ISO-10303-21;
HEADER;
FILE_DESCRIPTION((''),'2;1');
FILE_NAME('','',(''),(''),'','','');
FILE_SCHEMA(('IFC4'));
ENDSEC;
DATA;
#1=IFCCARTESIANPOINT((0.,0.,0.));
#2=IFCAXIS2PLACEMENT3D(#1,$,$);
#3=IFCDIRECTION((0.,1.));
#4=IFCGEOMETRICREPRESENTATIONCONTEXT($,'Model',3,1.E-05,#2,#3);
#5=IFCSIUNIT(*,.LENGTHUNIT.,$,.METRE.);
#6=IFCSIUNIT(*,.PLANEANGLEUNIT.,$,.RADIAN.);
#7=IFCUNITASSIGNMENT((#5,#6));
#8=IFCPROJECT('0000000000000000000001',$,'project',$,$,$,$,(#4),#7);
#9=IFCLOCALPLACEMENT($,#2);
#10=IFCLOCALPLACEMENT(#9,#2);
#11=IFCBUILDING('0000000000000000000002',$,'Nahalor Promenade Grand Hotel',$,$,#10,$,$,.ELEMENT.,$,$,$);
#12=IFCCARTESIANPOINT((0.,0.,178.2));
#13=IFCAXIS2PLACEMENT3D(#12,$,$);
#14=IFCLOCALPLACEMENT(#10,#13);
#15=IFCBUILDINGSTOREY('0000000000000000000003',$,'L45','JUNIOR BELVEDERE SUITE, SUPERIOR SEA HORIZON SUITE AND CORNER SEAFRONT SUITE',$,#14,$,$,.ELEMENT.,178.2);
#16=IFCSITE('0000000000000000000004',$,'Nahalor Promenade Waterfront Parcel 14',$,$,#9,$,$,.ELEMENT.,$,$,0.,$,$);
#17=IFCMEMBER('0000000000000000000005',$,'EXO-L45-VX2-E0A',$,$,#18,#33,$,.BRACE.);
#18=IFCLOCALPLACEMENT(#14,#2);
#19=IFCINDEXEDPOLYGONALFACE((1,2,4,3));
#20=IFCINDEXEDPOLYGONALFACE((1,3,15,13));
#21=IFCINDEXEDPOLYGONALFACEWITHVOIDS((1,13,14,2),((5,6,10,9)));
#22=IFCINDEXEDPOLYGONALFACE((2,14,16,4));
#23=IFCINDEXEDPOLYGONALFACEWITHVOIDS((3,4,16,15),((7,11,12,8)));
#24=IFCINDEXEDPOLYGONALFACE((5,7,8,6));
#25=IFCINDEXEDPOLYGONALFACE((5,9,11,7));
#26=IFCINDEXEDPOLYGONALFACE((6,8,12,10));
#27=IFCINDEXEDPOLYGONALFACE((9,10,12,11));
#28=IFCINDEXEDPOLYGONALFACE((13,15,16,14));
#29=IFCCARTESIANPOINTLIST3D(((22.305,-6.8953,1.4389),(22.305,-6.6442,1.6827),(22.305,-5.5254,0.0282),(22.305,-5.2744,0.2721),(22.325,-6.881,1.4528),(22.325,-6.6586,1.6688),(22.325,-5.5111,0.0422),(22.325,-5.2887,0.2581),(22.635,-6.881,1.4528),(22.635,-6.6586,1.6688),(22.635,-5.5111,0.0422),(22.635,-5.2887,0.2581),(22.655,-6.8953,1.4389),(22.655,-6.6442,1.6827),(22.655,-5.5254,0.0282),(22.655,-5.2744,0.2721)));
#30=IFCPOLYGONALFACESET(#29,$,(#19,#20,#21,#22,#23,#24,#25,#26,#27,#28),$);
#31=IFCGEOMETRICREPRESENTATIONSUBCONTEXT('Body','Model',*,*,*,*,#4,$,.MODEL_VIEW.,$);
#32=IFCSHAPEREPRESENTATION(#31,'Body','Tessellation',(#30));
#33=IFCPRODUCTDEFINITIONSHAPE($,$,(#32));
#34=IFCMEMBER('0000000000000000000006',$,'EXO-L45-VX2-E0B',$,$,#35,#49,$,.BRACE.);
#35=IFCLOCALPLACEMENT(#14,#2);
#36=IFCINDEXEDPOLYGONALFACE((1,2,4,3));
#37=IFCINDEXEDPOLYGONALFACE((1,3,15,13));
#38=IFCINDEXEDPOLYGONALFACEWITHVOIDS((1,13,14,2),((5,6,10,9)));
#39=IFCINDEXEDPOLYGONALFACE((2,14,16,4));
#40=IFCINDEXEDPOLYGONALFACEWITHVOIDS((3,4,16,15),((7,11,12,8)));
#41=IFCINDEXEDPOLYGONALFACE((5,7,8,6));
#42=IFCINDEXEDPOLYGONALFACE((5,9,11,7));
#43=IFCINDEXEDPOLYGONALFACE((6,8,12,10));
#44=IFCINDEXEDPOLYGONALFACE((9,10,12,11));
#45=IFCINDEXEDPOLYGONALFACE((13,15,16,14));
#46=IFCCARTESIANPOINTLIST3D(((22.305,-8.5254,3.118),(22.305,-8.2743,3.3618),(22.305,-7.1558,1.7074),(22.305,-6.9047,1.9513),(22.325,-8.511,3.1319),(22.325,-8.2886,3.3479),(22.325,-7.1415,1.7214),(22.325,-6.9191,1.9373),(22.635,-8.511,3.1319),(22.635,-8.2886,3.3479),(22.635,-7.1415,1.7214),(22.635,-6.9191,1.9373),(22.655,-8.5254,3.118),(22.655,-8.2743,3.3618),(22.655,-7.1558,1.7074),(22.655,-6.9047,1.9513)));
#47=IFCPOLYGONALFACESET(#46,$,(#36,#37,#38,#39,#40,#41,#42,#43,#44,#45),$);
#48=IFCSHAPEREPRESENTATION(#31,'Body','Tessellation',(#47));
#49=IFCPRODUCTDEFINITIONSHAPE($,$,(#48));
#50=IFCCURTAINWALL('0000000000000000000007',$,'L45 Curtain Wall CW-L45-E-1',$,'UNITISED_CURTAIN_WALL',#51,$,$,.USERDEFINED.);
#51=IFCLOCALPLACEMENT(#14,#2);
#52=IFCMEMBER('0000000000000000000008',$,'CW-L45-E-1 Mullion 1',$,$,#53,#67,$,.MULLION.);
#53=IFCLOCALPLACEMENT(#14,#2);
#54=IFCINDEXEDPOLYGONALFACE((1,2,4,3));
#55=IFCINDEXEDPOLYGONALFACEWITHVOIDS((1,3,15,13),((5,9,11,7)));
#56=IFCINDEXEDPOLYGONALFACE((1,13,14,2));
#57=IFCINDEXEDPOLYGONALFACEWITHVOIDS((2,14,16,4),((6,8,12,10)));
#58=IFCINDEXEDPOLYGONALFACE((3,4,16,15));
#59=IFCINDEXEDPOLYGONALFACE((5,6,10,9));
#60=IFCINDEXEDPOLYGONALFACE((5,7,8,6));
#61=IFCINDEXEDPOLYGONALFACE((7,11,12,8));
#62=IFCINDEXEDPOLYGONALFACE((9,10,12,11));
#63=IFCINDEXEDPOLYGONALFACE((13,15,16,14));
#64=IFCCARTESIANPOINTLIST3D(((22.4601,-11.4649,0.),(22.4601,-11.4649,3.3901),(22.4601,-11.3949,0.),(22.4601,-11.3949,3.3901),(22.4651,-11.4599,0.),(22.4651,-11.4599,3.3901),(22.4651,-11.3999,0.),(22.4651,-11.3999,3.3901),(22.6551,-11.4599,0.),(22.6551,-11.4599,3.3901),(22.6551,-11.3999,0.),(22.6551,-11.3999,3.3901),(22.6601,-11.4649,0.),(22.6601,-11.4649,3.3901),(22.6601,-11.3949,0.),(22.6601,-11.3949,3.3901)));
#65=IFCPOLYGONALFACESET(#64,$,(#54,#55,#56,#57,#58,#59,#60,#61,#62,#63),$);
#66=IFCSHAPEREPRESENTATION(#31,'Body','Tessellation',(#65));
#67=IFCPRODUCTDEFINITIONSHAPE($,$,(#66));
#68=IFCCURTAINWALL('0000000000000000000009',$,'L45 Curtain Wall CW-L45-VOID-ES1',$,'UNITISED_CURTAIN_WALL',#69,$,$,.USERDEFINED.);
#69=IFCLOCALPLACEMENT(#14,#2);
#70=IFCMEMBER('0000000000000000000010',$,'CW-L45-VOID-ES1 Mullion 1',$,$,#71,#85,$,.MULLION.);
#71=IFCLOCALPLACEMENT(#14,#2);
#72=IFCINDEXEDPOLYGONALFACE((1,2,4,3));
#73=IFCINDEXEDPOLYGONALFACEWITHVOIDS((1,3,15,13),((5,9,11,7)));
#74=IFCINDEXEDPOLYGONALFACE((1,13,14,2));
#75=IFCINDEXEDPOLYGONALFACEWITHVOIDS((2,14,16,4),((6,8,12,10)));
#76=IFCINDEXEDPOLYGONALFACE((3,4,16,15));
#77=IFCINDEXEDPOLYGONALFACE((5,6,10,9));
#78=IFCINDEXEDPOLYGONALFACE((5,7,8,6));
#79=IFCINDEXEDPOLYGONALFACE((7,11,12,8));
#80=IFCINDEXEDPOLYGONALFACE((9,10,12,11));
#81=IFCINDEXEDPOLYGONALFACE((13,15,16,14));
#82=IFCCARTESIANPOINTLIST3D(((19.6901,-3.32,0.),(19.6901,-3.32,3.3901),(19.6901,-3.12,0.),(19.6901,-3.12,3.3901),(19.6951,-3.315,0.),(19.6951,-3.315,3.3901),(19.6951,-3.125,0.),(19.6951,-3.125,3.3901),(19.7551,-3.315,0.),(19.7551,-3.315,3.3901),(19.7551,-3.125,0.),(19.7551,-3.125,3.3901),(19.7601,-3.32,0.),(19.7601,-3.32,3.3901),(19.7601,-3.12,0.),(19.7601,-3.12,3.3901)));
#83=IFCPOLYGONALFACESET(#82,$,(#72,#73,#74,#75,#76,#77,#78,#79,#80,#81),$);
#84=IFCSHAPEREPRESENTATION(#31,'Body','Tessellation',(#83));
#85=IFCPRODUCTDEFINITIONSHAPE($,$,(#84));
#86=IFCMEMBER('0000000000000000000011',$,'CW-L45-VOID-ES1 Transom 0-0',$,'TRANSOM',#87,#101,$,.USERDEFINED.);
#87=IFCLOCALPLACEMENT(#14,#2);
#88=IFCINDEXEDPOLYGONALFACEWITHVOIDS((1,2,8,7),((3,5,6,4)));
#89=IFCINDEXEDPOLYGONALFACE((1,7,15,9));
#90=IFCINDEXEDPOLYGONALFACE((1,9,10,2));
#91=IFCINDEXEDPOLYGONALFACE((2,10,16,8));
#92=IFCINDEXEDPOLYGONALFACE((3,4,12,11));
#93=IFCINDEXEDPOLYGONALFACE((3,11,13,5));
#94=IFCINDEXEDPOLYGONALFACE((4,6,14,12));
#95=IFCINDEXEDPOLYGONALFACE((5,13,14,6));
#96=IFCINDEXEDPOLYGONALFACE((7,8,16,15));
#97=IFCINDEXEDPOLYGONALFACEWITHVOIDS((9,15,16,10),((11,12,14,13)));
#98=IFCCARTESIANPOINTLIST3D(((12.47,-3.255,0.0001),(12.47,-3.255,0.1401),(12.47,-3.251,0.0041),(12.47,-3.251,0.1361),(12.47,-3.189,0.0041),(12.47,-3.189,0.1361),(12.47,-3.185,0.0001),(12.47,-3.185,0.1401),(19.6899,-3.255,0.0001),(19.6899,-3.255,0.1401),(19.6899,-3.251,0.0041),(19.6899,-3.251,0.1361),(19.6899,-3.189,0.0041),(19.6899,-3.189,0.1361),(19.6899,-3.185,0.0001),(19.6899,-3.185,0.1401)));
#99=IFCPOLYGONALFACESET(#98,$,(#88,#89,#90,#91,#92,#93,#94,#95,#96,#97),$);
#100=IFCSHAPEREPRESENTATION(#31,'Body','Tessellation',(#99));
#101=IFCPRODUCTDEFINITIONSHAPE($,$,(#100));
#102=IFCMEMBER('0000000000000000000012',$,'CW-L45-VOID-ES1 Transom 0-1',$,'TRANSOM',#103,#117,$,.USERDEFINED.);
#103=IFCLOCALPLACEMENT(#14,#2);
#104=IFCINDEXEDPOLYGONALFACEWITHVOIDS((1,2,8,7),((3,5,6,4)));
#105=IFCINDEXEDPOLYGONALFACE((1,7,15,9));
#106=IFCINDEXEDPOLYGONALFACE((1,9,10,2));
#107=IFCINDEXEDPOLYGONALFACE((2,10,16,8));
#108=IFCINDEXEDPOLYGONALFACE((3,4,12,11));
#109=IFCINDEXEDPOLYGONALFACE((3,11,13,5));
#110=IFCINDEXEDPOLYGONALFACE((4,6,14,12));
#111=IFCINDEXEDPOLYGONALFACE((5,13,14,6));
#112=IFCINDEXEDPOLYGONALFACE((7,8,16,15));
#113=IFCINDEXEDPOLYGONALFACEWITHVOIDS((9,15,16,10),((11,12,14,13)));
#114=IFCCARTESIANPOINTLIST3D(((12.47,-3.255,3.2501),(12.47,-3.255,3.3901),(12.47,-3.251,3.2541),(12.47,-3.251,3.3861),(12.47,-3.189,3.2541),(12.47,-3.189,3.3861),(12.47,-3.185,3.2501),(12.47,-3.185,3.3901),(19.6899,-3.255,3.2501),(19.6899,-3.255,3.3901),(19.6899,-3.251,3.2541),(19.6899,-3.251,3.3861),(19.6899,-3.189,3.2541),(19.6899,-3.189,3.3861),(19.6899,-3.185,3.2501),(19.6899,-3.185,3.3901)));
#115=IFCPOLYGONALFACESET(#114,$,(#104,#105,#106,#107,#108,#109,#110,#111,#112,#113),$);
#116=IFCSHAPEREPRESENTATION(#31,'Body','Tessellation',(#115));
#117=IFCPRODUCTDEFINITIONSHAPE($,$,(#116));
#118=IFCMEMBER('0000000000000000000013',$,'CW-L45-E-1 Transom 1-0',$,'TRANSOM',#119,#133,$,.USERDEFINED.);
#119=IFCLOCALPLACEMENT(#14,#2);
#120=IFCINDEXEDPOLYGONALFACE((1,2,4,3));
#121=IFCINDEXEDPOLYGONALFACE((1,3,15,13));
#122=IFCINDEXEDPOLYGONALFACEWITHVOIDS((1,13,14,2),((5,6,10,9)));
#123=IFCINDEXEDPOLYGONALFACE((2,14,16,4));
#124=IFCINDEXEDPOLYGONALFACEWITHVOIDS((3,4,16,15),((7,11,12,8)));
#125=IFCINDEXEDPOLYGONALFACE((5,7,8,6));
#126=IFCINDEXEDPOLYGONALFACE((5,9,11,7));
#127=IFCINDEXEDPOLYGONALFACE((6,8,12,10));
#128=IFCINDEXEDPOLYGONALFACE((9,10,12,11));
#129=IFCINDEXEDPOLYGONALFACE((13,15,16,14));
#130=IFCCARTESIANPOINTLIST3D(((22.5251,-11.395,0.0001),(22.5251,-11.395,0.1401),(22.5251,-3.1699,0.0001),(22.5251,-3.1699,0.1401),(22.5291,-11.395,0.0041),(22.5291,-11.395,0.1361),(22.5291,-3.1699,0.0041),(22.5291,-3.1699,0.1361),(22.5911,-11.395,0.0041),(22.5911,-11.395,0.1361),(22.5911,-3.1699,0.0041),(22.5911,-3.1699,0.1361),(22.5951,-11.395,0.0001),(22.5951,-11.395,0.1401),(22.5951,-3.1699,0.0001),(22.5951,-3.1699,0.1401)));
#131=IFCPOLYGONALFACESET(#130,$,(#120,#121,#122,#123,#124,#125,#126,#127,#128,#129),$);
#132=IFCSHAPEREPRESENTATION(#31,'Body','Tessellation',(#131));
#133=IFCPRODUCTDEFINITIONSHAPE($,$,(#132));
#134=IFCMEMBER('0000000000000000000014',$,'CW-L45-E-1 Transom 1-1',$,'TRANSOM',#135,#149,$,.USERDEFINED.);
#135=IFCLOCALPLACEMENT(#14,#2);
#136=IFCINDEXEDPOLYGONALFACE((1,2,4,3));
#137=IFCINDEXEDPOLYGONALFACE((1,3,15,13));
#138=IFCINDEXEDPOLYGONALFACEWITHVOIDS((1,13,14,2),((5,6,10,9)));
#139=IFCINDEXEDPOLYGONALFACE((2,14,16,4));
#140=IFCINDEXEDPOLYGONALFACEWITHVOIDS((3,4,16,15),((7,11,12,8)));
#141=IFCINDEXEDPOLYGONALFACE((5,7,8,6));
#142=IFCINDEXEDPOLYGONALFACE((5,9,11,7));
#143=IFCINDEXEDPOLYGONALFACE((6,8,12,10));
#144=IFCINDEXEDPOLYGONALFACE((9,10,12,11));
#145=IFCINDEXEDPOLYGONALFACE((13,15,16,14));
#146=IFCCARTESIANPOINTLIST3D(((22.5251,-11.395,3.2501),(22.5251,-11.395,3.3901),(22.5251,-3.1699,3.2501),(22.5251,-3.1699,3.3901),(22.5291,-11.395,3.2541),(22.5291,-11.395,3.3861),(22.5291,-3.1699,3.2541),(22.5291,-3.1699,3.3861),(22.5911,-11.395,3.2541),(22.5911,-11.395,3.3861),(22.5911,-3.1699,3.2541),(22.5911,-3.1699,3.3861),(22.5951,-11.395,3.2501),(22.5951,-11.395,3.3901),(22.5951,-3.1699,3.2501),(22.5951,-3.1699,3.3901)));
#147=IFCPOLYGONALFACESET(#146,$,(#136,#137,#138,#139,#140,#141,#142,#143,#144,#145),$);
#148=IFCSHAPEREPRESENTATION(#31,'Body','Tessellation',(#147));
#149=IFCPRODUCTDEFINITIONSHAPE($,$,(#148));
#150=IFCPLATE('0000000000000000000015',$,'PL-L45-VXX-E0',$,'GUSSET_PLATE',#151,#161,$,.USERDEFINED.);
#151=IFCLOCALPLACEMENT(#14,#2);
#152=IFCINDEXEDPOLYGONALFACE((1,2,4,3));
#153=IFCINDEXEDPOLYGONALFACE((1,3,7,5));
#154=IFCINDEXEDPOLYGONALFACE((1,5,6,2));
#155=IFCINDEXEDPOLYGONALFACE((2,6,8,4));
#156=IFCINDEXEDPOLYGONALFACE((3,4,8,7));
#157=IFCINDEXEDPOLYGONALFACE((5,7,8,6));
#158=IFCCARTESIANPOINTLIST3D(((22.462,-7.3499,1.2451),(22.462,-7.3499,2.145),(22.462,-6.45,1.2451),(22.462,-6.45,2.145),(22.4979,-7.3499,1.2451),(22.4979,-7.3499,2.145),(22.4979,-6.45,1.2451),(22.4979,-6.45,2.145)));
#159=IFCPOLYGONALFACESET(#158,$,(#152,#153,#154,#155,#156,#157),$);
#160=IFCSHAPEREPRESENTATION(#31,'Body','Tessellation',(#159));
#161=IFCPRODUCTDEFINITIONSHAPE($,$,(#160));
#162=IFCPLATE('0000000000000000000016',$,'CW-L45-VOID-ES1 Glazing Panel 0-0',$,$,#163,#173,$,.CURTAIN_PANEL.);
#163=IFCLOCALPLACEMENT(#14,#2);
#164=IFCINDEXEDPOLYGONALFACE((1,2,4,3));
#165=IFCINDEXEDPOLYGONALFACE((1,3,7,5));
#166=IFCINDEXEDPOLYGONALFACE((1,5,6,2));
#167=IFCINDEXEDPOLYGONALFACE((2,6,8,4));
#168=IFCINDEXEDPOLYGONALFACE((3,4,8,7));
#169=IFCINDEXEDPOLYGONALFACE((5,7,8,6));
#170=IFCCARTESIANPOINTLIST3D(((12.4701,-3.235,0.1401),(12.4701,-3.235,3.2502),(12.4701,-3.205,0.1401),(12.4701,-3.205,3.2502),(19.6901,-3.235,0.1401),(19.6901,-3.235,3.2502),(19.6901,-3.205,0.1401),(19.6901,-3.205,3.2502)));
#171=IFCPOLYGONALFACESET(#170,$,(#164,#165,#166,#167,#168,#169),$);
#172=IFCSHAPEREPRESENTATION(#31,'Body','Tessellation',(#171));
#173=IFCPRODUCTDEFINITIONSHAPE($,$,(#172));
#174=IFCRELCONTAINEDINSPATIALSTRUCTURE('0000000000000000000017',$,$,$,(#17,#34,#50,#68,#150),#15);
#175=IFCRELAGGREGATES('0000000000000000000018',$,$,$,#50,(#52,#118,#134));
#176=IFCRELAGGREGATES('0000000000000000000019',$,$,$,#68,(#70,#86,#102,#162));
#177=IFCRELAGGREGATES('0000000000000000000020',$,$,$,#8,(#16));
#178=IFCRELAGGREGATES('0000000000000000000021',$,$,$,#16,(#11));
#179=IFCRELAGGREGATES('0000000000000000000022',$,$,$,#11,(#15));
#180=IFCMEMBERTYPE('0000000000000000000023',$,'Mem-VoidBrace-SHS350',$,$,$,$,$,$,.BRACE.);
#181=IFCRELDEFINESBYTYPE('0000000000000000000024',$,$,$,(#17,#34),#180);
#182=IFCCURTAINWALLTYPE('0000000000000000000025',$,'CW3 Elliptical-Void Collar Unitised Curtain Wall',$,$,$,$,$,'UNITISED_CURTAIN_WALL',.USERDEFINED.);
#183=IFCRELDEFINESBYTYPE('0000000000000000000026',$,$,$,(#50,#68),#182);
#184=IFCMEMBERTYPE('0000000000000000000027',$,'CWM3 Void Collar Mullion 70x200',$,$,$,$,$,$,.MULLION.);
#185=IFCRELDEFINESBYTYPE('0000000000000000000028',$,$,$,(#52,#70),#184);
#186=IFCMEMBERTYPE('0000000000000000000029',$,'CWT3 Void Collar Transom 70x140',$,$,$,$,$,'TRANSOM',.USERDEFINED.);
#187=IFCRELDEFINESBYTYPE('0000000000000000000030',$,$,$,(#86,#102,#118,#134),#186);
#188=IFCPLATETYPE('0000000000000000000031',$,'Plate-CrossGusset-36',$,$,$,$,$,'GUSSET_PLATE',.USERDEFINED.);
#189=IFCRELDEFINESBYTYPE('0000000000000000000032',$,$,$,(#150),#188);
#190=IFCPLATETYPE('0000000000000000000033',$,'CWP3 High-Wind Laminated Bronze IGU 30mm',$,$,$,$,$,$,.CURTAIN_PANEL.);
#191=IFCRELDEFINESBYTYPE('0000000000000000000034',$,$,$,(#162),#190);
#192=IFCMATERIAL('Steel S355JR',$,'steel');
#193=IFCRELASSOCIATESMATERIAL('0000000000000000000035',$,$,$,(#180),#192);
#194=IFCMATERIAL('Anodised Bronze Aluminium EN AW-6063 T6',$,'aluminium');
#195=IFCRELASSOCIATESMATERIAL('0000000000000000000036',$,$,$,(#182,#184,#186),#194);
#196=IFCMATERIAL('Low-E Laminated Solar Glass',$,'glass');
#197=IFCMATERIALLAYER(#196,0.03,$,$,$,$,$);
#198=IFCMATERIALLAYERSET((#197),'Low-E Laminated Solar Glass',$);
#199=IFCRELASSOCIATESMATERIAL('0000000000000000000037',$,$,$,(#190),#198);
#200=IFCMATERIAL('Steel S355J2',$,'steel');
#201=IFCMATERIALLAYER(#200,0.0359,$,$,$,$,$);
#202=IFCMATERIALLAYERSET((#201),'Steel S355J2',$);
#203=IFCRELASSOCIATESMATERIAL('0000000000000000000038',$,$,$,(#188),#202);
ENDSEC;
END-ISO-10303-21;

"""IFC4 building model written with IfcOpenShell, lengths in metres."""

from ifc_helpers import new_model, si_unit, direction, frame, origin, origin_2d, place, context, subcontext, project, spatial, rectangle, hollow_rectangle, extrude, source, transform, mapped, material, layer, layer_set, material_profile, profile_set, type_object, element, aggregate, save


model = new_model("IFC4")

# Units and contexts
model_context = context("Model", 3, precision=1e-05, world=origin(), true_north=direction((0.0, 1.0)))
body_context = subcontext(model_context, "Body", "Model", "MODEL_VIEW")
ifc_project = project(units=[si_unit("LENGTHUNIT", "METRE"), si_unit("PLANEANGLEUNIT", "RADIAN")], contexts=[model_context])

# Site, building, storey
site_placement = place(None, origin())
site = spatial("IfcSite", under=ifc_project, at=site_placement, Name="Nahalor Promenade Waterfront Parcel 14", CompositionType="ELEMENT", RefElevation=0.0)
building_placement = place(site_placement, origin())
building = spatial("IfcBuilding", under=site, at=building_placement, Name="Nahalor Promenade Grand Hotel", CompositionType="ELEMENT")
storey_placement = place(building_placement, frame((0.0, 0.0, 178.2)))
storey = spatial("IfcBuildingStorey", under=building, at=storey_placement, Name="L45", Description="JUNIOR BELVEDERE SUITE, SUPERIOR SEA HORIZON SUITE AND CORNER SEAFRONT SUITE", CompositionType="ELEMENT", Elevation=178.2)

# Shared definitions
ifc_material_1 = material(Name="Steel S355J2", Category="steel")

# Shared definitions
ifc_material_2 = material(Name="Steel S355JR", Category="steel")

# Members
ifc_material_profile_1 = material_profile(ifc_material_2, hollow_rectangle(XDim=0.35, YDim=0.35, WallThickness=0.02, at=origin_2d()), Name="SHS 350x350x20")
ifc_profile_set_1 = profile_set([ifc_material_profile_1], Name="Steel S355JR")
member_type_1 = type_object("IfcMemberType", Name="Mem-VoidBrace-SHS350", PredefinedType="BRACE", material=ifc_profile_set_1)
shared_shape_1 = source(origin(), body_context, "Body", "SweptSolid", [
    extrude(hollow_rectangle(XDim=0.35, YDim=0.35, WallThickness=0.02, at=origin_2d()), origin(), (0.0, 0.0, 1.0), 1.9663),
])
member_1_placement = place(storey_placement, frame((22.48, -5.3999, 0.1501), z_axis=(0.0, -0.696663, 0.717398), x_axis=(1.0, 0.0, 0.0)))
element("IfcMember", 1, at=member_1_placement, inside=storey, type_object=member_type_1, Name="EXO-L45-VX2-E0A", PredefinedType="BRACE", context=body_context, shape_type="MappedRepresentation", body=[
    mapped(shared_shape_1, transform((0.0, 0.0, 0.0), scale=1.0)),
])
shared_shape_2 = source(origin(), body_context, "Body", "SweptSolid", [
    extrude(hollow_rectangle(XDim=0.35, YDim=0.35, WallThickness=0.02, at=origin_2d()), origin(), (0.0, 0.0, 1.0), 1.9661),
])
member_2_placement = place(storey_placement, frame((22.48, -7.0303, 1.8293), z_axis=(0.0, -0.696599, 0.71746), x_axis=(1.0, 0.0, 0.0)))
element("IfcMember", 2, at=member_2_placement, inside=storey, type_object=member_type_1, Name="EXO-L45-VX2-E0B", PredefinedType="BRACE", context=body_context, shape_type="MappedRepresentation", body=[
    mapped(shared_shape_2, transform((0.0, 0.0, 0.0), scale=1.0)),
])

# Curtain wall, member
ifc_material_3 = material(Name="Anodised Bronze Aluminium EN AW-6063 T6", Category="aluminium")
curtain_wall_type = type_object("IfcCurtainWallType", Name="CW3 Elliptical-Void Collar Unitised Curtain Wall", ElementType="UNITISED_CURTAIN_WALL", PredefinedType="USERDEFINED", material=ifc_material_3)
curtain_wall_1_placement = place(storey_placement, origin())
curtain_wall_1 = element("IfcCurtainWall", 3, at=curtain_wall_1_placement, inside=storey, type_object=curtain_wall_type, Name="L45 Curtain Wall CW-L45-E-1", ObjectType="UNITISED_CURTAIN_WALL", PredefinedType="USERDEFINED")
ifc_material_profile_2 = material_profile(ifc_material_3, hollow_rectangle(XDim=0.07, YDim=0.2, WallThickness=0.005, at=origin_2d()), Name="CWM 70x200x5")
ifc_profile_set_2 = profile_set([ifc_material_profile_2], Name="Anodised Bronze Aluminium EN AW-6063 T6")
member_type_2 = type_object("IfcMemberType", Name="CWM3 Void Collar Mullion 70x200", PredefinedType="MULLION", material=ifc_profile_set_2)
shared_shape_3 = source(origin(), body_context, "Body", "SweptSolid", [
    extrude(hollow_rectangle(XDim=0.07, YDim=0.2, WallThickness=0.005, at=origin_2d()), origin(), (0.0, 0.0, 1.0), 3.3901),
])
member_3_placement = place(storey_placement, frame((22.5601, -11.4299, 0.0), z_axis=(0.0, 0.0, 1.0), x_axis=(0.0, 1.0, 0.0)))
member_3 = element("IfcMember", 4, at=member_3_placement, type_object=member_type_2, Name="CW-L45-E-1 Mullion 1", PredefinedType="MULLION", context=body_context, shape_type="MappedRepresentation", body=[
    mapped(shared_shape_3, transform((0.0, 0.0, 0.0), scale=1.0)),
])

# Curtain wall, members
curtain_wall_2_placement = place(storey_placement, origin())
curtain_wall_2 = element("IfcCurtainWall", 5, at=curtain_wall_2_placement, inside=storey, type_object=curtain_wall_type, Name="L45 Curtain Wall CW-L45-VOID-ES1", ObjectType="UNITISED_CURTAIN_WALL", PredefinedType="USERDEFINED")
member_4_placement = place(storey_placement, frame((19.7251, -3.22, 0.0), z_axis=(0.0, 0.0, 1.0), x_axis=(1.0, 0.0, 0.0)))
member_4 = element("IfcMember", 6, at=member_4_placement, type_object=member_type_2, Name="CW-L45-VOID-ES1 Mullion 1", PredefinedType="MULLION", context=body_context, shape_type="MappedRepresentation", body=[
    mapped(shared_shape_3, transform((0.0, 0.0, 0.0), scale=1.0)),
])
ifc_material_profile_3 = material_profile(ifc_material_3, hollow_rectangle(XDim=0.07, YDim=0.14, WallThickness=0.004, at=origin_2d()), Name="CWT 70x140x4")
ifc_profile_set_3 = profile_set([ifc_material_profile_3], Name="Anodised Bronze Aluminium EN AW-6063 T6")
member_type_3 = type_object("IfcMemberType", Name="CWT3 Void Collar Transom 70x140", ElementType="TRANSOM", PredefinedType="USERDEFINED", material=ifc_profile_set_3)
shared_shape_4 = source(origin(), body_context, "Body", "SweptSolid", [
    extrude(hollow_rectangle(XDim=0.07, YDim=0.14, WallThickness=0.004, at=origin_2d()), origin(), (0.0, 0.0, 1.0), 7.22),
])
member_5_placement = place(storey_placement, frame((12.47, -3.22, 0.0701), z_axis=(1.0, 0.0, 0.0), x_axis=(0.0, 1.0, 0.0)))
member_5 = element("IfcMember", 7, at=member_5_placement, type_object=member_type_3, Name="CW-L45-VOID-ES1 Transom 0-0", ObjectType="TRANSOM", PredefinedType="USERDEFINED", context=body_context, shape_type="MappedRepresentation", body=[
    mapped(shared_shape_4, transform((0.0, 0.0, 0.0), scale=1.0)),
])
member_6_placement = place(storey_placement, frame((12.47, -3.22, 3.3201), z_axis=(1.0, 0.0, 0.0), x_axis=(0.0, 1.0, 0.0)))
member_6 = element("IfcMember", 8, at=member_6_placement, type_object=member_type_3, Name="CW-L45-VOID-ES1 Transom 0-1", ObjectType="TRANSOM", PredefinedType="USERDEFINED", context=body_context, shape_type="MappedRepresentation", body=[
    mapped(shared_shape_4, transform((0.0, 0.0, 0.0), scale=1.0)),
])

# Members
shared_shape_5 = source(origin(), body_context, "Body", "SweptSolid", [
    extrude(hollow_rectangle(XDim=0.07, YDim=0.14, WallThickness=0.004, at=origin_2d()), origin(), (0.0, 0.0, 1.0), 8.2251),
])
member_7_placement = place(storey_placement, frame((22.5601, -11.395, 0.0701), z_axis=(0.0, 1.0, 0.0), x_axis=(-1.0, 0.0, 0.0)))
member_7 = element("IfcMember", 9, at=member_7_placement, type_object=member_type_3, Name="CW-L45-E-1 Transom 1-0", ObjectType="TRANSOM", PredefinedType="USERDEFINED", context=body_context, shape_type="MappedRepresentation", body=[
    mapped(shared_shape_5, transform((0.0, 0.0, 0.0), scale=1.0)),
])
member_8_placement = place(storey_placement, frame((22.5601, -11.395, 3.3201), z_axis=(0.0, 1.0, 0.0), x_axis=(-1.0, 0.0, 0.0)))
member_8 = element("IfcMember", 10, at=member_8_placement, type_object=member_type_3, Name="CW-L45-E-1 Transom 1-1", ObjectType="TRANSOM", PredefinedType="USERDEFINED", context=body_context, shape_type="MappedRepresentation", body=[
    mapped(shared_shape_5, transform((0.0, 0.0, 0.0), scale=1.0)),
])

# Plates
ifc_material_4 = material(Name="Low-E Laminated Solar Glass", Category="glass")
ifc_layer_1 = layer(ifc_material_4, 0.03)
ifc_layer_set_1 = layer_set([ifc_layer_1], Name="Low-E Laminated Solar Glass")
plate_type_1 = type_object("IfcPlateType", Name="CWP3 High-Wind Laminated Bronze IGU 30mm", PredefinedType="CURTAIN_PANEL", material=ifc_layer_set_1)
aggregate(curtain_wall_1, [member_3, member_7, member_8])
ifc_layer_2 = layer(ifc_material_1, 0.0359)
ifc_layer_set_2 = layer_set([ifc_layer_2], Name="Steel S355J2")
plate_type_2 = type_object("IfcPlateType", Name="Plate-CrossGusset-36", ElementType="GUSSET_PLATE", PredefinedType="USERDEFINED", material=ifc_layer_set_2)
shared_shape_6 = source(origin(), body_context, "Body", "SweptSolid", [
    extrude(rectangle(XDim=0.8999, YDim=0.0359, at=origin_2d()), origin(), (0.0, 0.0, 1.0), 0.8999),
])
plate_1_placement = place(storey_placement, frame((22.48, -6.8999, 1.2451), z_axis=(0.0, 0.0, 1.0), x_axis=(0.0, 1.0, 0.0)))
element("IfcPlate", 11, at=plate_1_placement, inside=storey, type_object=plate_type_2, Name="PL-L45-VXX-E0", ObjectType="GUSSET_PLATE", PredefinedType="USERDEFINED", context=body_context, shape_type="MappedRepresentation", body=[
    mapped(shared_shape_6, transform((0.0, 0.0, 0.0), scale=1.0)),
])
shared_shape_7 = source(origin(), body_context, "Body", "SweptSolid", [
    extrude(rectangle(XDim=7.22, YDim=0.03, at=origin_2d()), origin(), (0.0, 0.0, 1.0), 3.1101),
])
plate_2_placement = place(storey_placement, frame((16.0801, -3.22, 0.1401), z_axis=(0.0, 0.0, 1.0), x_axis=(1.0, 0.0, 0.0)))
plate_2 = element("IfcPlate", 12, at=plate_2_placement, type_object=plate_type_1, Name="CW-L45-VOID-ES1 Glazing Panel 0-0", PredefinedType="CURTAIN_PANEL", context=body_context, shape_type="MappedRepresentation", body=[
    mapped(shared_shape_7, transform((0.0, 0.0, 0.0), scale=1.0)),
])
aggregate(curtain_wall_2, [member_4, member_5, member_6, plate_2])

save(model, "model.ifc")
